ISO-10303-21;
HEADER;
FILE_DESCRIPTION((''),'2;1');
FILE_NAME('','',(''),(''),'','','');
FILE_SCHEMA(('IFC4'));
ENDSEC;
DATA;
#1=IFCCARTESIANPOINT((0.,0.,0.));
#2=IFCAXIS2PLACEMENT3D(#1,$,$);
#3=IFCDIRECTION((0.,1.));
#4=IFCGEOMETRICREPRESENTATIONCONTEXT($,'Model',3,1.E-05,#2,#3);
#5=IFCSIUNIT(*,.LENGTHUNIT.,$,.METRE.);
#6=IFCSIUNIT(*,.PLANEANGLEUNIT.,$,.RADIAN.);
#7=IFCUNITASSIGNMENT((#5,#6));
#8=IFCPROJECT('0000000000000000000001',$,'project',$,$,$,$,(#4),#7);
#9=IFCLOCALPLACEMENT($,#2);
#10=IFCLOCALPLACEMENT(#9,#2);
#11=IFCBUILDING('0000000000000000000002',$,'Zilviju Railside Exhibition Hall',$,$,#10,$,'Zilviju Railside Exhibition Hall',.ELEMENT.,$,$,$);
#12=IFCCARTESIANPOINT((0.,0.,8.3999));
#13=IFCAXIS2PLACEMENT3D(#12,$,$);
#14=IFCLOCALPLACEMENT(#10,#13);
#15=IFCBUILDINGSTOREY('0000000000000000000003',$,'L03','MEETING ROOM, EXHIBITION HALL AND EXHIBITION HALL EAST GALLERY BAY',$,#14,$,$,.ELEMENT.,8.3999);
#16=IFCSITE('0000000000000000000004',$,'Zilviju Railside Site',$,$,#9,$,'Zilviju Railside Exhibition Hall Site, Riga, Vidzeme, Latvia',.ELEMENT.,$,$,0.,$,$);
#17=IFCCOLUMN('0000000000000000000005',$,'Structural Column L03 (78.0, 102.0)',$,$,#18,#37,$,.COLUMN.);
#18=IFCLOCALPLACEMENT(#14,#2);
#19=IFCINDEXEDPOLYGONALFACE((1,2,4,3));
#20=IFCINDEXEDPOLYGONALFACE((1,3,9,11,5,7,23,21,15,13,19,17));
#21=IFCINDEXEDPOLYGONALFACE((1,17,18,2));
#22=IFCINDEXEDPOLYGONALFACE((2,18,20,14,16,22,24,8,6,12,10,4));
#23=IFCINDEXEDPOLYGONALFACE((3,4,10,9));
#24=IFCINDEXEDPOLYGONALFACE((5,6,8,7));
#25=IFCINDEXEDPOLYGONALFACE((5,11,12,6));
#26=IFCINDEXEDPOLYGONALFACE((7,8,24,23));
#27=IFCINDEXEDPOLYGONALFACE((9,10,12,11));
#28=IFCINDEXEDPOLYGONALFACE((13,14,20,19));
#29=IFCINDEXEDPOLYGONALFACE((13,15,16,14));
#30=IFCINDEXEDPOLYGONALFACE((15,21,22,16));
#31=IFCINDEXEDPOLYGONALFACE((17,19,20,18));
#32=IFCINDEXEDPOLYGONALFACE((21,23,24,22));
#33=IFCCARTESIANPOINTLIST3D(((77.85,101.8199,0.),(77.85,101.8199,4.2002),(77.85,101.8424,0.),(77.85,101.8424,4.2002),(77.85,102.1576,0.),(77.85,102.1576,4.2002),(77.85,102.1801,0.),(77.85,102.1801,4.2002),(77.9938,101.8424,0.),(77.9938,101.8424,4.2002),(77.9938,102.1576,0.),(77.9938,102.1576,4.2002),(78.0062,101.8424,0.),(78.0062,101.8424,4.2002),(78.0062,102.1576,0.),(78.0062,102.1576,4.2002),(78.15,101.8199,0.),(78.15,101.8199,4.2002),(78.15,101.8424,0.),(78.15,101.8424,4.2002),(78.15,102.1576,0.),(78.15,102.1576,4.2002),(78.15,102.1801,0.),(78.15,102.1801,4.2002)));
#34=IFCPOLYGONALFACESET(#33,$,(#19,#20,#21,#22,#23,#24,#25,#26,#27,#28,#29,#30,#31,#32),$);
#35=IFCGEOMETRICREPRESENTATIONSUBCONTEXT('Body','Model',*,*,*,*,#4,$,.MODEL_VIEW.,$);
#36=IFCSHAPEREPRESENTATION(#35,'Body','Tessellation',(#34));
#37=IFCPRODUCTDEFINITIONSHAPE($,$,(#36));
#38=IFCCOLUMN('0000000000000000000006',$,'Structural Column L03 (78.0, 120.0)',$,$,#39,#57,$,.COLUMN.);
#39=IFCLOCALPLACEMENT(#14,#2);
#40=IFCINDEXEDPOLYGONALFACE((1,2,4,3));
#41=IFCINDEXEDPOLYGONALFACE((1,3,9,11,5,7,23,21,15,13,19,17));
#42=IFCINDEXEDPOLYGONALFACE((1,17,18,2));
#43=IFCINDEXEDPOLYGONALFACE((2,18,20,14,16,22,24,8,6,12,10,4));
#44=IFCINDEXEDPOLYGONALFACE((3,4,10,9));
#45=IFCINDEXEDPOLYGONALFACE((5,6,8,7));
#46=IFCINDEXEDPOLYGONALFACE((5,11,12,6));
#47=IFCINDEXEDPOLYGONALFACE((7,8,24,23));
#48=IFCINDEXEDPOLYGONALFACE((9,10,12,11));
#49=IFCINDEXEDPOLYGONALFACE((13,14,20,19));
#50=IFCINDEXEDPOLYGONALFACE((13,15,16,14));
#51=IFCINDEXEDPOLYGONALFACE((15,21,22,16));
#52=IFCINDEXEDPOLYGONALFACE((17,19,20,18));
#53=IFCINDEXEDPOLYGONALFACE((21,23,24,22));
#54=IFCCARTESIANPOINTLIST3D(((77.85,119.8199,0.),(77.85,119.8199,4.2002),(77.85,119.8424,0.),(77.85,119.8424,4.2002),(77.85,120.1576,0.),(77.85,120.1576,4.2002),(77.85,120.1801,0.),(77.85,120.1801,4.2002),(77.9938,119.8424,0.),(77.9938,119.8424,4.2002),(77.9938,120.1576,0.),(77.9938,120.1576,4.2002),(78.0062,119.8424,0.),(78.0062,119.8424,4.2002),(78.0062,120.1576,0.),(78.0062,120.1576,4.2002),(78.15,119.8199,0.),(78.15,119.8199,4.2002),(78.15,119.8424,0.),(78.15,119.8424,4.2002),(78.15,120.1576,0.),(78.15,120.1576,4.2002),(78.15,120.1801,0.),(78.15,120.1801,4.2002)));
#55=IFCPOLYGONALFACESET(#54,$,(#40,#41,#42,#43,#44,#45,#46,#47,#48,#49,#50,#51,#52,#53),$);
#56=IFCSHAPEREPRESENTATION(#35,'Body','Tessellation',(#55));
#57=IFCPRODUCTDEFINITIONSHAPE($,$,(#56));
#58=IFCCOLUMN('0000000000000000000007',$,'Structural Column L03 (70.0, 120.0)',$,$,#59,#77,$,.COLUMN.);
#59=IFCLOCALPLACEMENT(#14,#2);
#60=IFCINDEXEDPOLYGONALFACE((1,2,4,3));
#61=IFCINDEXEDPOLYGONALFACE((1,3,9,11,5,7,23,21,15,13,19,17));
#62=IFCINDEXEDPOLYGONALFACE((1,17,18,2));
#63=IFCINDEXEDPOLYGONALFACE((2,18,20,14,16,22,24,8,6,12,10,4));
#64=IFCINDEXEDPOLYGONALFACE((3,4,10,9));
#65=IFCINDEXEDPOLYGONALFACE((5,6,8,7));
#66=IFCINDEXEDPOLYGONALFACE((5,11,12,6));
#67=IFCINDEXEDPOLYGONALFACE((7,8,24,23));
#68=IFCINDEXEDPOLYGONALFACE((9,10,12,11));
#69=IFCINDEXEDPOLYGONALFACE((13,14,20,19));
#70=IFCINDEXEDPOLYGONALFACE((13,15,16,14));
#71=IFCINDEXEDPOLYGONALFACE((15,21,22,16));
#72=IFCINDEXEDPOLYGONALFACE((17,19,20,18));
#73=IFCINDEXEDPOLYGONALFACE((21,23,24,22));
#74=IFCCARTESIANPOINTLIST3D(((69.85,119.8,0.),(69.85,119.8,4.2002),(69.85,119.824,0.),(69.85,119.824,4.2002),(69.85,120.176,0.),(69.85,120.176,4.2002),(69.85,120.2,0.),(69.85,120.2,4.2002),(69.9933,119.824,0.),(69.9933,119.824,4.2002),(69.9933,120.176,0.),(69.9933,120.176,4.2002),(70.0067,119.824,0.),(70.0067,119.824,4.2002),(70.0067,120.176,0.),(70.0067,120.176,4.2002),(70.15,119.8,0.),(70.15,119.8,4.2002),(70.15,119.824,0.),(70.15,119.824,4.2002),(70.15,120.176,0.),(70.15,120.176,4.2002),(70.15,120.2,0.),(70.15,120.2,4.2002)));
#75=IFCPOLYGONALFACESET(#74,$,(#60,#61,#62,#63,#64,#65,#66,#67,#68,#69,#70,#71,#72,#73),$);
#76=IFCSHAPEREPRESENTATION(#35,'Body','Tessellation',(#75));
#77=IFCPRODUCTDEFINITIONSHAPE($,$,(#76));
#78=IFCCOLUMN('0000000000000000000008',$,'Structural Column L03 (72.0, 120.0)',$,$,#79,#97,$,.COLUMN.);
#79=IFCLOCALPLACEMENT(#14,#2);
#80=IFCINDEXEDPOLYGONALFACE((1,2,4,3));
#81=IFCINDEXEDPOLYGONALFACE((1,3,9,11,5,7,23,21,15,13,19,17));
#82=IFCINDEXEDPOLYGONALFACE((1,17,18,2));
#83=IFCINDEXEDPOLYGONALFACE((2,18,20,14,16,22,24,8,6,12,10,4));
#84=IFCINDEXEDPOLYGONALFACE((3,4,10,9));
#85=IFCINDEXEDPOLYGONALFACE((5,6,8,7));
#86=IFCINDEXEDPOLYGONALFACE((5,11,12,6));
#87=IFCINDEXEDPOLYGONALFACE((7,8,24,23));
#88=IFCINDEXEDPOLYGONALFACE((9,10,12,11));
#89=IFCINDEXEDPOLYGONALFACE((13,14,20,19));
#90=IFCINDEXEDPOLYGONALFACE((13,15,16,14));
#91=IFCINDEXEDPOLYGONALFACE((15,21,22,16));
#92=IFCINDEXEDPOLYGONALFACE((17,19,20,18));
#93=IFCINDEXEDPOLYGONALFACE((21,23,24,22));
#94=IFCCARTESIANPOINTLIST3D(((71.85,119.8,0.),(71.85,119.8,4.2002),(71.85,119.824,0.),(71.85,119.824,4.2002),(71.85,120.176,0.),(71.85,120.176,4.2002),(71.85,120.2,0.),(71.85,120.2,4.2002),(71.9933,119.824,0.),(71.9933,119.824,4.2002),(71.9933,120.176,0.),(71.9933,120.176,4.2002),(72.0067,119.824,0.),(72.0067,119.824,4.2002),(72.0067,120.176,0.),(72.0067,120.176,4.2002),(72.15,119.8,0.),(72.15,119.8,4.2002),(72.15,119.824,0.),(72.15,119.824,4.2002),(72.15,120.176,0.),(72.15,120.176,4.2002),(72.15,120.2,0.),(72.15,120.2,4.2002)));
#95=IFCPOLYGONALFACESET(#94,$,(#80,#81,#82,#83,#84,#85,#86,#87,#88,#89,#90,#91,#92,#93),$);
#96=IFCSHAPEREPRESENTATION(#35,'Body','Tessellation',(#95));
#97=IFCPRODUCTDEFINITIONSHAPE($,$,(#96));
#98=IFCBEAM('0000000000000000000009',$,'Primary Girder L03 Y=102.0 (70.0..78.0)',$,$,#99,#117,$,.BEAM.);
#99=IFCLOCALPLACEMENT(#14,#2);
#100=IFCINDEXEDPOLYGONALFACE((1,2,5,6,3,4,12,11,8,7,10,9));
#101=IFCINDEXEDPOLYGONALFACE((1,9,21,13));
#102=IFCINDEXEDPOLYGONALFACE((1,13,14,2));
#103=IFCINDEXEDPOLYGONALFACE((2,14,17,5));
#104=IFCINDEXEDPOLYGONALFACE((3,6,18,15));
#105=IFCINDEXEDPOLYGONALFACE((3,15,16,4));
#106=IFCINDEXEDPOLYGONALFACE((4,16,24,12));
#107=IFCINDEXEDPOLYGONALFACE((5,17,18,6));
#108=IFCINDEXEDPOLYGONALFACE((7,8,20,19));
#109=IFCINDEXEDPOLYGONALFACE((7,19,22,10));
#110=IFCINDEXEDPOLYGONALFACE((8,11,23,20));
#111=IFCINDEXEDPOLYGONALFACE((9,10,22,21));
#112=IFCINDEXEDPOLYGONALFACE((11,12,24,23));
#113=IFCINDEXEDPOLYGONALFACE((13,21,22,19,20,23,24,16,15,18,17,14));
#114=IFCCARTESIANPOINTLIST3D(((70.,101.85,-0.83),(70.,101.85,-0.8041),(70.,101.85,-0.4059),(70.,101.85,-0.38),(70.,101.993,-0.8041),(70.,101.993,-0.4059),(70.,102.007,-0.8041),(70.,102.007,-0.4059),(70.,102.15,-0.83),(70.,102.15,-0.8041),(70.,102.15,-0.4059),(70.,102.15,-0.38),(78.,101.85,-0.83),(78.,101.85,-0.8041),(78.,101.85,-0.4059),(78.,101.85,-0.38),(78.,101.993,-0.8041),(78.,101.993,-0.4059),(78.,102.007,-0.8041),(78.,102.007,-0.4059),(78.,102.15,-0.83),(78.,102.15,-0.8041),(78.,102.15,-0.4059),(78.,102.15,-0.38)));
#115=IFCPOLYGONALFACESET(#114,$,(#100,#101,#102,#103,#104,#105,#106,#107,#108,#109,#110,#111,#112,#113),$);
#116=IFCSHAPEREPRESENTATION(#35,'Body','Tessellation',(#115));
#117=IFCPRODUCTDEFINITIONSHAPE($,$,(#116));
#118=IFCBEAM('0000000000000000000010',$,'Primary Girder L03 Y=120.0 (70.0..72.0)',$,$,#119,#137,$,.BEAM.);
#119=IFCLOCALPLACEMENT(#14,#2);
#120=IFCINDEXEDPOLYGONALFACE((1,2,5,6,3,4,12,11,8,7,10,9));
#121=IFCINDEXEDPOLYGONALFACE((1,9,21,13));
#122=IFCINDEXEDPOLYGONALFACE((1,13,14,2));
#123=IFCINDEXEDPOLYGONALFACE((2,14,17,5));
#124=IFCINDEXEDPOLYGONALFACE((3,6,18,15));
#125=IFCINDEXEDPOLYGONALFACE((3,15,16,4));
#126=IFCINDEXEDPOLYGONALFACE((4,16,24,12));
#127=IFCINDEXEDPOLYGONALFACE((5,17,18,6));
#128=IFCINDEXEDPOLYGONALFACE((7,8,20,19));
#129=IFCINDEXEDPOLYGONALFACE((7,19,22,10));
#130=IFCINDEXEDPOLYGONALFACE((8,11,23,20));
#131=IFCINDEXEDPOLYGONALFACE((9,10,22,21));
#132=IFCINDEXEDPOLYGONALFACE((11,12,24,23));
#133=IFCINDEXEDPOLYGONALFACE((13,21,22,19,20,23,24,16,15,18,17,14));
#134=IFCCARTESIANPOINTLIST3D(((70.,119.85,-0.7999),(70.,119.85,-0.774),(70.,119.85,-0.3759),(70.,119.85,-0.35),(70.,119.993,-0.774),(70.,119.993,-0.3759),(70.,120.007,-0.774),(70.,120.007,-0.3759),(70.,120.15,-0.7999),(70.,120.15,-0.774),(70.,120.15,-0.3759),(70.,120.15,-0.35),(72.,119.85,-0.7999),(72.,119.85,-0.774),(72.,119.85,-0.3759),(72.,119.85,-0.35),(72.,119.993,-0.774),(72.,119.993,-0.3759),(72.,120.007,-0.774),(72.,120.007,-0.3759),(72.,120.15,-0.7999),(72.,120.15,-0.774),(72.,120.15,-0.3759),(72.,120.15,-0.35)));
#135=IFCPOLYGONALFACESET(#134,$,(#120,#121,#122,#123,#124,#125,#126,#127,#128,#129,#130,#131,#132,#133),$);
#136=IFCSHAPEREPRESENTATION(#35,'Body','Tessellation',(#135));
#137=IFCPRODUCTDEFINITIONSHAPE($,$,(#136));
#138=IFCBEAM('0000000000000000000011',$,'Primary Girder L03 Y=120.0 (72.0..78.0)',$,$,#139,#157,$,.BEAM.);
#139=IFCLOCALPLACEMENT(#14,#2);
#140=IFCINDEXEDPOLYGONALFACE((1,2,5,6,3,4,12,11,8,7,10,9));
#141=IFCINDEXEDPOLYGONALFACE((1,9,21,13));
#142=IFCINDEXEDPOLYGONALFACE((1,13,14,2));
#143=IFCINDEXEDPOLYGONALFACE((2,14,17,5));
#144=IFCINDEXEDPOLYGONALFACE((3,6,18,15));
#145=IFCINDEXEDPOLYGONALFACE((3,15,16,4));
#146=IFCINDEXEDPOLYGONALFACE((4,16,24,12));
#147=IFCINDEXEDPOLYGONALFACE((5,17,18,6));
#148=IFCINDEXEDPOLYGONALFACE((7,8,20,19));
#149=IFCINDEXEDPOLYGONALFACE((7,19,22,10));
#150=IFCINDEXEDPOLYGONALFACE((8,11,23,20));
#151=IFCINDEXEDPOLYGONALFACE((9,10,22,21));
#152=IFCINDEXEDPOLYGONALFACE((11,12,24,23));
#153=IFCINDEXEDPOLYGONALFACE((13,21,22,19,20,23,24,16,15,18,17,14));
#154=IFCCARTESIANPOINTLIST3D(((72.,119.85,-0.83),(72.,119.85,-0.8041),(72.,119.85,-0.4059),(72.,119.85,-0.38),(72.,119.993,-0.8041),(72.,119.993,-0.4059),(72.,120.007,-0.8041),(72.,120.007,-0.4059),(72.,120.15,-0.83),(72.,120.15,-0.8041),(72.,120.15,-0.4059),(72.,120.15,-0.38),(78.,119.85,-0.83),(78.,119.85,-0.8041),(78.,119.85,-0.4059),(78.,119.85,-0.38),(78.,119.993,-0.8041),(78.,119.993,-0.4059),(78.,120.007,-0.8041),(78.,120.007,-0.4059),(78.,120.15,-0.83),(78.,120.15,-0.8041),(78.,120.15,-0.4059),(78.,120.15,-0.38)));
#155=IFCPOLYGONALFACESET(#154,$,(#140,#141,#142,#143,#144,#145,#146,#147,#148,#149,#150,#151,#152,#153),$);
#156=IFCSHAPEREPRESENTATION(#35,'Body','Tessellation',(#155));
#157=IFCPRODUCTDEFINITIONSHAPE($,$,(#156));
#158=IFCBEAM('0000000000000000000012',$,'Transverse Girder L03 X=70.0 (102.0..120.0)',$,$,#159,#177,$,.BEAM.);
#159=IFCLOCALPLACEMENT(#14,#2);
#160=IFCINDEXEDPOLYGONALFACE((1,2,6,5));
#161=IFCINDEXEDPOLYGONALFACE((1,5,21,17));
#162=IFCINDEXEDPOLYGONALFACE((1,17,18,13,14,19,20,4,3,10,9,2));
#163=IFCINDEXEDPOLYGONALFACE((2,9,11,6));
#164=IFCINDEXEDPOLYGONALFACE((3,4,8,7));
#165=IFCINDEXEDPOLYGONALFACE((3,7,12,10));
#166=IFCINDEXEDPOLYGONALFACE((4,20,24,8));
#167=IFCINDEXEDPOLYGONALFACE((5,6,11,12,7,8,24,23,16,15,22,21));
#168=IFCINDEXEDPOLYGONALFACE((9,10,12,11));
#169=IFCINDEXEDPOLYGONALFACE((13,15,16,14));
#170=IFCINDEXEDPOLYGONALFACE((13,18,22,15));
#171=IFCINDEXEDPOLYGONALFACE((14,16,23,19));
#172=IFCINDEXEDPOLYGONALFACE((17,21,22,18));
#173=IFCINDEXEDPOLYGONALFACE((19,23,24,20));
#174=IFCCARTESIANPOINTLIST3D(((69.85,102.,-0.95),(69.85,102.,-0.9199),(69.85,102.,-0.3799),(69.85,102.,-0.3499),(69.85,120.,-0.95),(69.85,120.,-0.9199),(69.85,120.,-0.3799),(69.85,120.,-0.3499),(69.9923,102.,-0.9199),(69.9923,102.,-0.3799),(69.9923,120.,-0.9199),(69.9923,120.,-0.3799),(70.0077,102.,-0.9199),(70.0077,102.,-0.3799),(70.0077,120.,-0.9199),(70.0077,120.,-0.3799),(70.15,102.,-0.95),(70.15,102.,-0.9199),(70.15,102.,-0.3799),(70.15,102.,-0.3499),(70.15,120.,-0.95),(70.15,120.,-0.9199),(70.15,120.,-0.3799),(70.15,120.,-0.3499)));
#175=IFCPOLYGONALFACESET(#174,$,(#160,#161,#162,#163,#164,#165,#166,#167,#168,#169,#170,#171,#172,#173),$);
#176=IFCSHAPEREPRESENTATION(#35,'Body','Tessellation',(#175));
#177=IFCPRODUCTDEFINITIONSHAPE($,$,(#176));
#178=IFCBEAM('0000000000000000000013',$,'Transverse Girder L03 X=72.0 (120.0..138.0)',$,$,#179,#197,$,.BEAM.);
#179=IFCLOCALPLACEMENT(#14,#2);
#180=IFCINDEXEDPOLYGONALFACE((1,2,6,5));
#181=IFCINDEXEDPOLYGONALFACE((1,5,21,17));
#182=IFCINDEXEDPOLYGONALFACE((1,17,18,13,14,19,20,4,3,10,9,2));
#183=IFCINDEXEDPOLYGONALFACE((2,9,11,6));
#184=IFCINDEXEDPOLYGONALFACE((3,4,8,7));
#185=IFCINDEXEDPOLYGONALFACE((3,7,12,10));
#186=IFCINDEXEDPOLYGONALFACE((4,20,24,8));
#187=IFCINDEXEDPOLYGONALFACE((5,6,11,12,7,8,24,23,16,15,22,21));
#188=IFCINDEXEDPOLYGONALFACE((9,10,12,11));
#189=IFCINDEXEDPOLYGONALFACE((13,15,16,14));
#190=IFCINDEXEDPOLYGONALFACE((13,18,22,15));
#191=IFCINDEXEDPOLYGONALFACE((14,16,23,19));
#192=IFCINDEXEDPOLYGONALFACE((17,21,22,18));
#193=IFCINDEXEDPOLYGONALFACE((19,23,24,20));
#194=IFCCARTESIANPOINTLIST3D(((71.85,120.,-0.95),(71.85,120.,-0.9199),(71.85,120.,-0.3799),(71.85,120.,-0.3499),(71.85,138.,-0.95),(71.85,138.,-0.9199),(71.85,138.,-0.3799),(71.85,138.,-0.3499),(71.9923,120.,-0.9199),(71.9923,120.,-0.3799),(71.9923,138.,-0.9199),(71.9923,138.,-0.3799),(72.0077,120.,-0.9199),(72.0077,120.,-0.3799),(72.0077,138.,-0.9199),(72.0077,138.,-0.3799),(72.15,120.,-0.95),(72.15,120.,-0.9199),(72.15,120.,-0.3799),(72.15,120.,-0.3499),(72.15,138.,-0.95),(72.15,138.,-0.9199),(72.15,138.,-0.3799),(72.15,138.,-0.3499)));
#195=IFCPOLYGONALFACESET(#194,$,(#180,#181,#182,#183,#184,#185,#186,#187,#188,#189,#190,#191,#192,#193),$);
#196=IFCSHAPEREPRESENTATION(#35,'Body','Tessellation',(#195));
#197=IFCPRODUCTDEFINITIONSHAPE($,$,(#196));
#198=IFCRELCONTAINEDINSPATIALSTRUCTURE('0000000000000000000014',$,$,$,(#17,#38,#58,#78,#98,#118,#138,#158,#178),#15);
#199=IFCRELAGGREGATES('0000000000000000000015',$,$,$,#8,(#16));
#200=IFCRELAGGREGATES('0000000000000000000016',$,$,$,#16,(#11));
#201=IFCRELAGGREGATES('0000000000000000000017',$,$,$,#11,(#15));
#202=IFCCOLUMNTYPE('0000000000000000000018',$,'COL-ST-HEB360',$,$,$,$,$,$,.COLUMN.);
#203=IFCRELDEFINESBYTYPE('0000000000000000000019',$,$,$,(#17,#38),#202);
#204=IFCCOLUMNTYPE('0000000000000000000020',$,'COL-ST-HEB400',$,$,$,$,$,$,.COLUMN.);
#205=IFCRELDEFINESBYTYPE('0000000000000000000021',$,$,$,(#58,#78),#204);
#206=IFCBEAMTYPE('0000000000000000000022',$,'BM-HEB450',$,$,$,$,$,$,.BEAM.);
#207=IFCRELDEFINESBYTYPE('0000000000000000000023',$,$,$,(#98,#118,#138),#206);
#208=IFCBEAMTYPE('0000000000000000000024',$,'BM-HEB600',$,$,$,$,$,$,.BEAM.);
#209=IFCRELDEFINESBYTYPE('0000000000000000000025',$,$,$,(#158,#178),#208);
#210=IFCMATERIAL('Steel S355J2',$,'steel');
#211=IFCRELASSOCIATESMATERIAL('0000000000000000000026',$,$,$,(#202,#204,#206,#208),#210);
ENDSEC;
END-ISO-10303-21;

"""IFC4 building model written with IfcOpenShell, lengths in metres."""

from ifc_helpers import new_model, si_unit, direction, frame, origin, origin_2d, place, context, subcontext, project, spatial, i_section, extrude, material, material_profile, profile_set, type_object, element, save


model = new_model("IFC4")

# Units and contexts
model_context = context("Model", 3, precision=1e-05, world=origin(), true_north=direction((0.0, 1.0)))
body_context = subcontext(model_context, "Body", "Model", "MODEL_VIEW")
ifc_project = project(units=[si_unit("LENGTHUNIT", "METRE"), si_unit("PLANEANGLEUNIT", "RADIAN")], contexts=[model_context])

# Site, building, storey
site_placement = place(None, origin())
site = spatial("IfcSite", under=ifc_project, at=site_placement, Name="Zilviju Railside Site", LongName="Zilviju Railside Exhibition Hall Site, Riga, Vidzeme, Latvia", CompositionType="ELEMENT", RefElevation=0.0)
building_placement = place(site_placement, origin())
building = spatial("IfcBuilding", under=site, at=building_placement, Name="Zilviju Railside Exhibition Hall", LongName="Zilviju Railside Exhibition Hall", CompositionType="ELEMENT")
storey_placement = place(building_placement, frame((0.0, 0.0, 8.3999)))
storey = spatial("IfcBuildingStorey", under=building, at=storey_placement, Name="L03", Description="MEETING ROOM, EXHIBITION HALL AND EXHIBITION HALL EAST GALLERY BAY", CompositionType="ELEMENT", Elevation=8.3999)

# Columns
ifc_material_1 = material(Name="Steel S355J2", Category="steel")
ifc_material_profile_1 = material_profile(ifc_material_1, i_section(OverallWidth=0.3, OverallDepth=0.3601, WebThickness=0.0125, FlangeThickness=0.0225, at=origin_2d()), Name="HEB 360")
ifc_profile_set_1 = profile_set([ifc_material_profile_1], Name="Steel S355J2")
column_type_1 = type_object("IfcColumnType", Name="COL-ST-HEB360", PredefinedType="COLUMN", material=ifc_profile_set_1)
for number, where, z_axis, x_axis, name in (
    (1, (78.0, 102.0, 0.0), (0.0, 0.0, 1.0), (1.0, 0.0, 0.0), "Structural Column L03 (78.0, 102.0)"),
    (2, (78.0, 120.0, 0.0), (0.0, 0.0, 1.0), (1.0, 0.0, 0.0), "Structural Column L03 (78.0, 120.0)"),
):
    element("IfcColumn", number, at=place(storey_placement, frame(where, z_axis=z_axis, x_axis=x_axis)), inside=storey, type_object=column_type_1, Name=name, PredefinedType="COLUMN", context=body_context, shape_type="SweptSolid", body=[
        extrude(i_section(OverallWidth=0.3, OverallDepth=0.3601, WebThickness=0.0125, FlangeThickness=0.0225, at=origin_2d()), origin(), (0.0, 0.0, 1.0), 4.2002),
    ])
ifc_material_profile_2 = material_profile(ifc_material_1, i_section(OverallWidth=0.3, OverallDepth=0.3999, WebThickness=0.0134, FlangeThickness=0.0239, at=origin_2d()), Name="HEB 400")
ifc_profile_set_2 = profile_set([ifc_material_profile_2], Name="Steel S355J2")
column_type_2 = type_object("IfcColumnType", Name="COL-ST-HEB400", PredefinedType="COLUMN", material=ifc_profile_set_2)
for number, where, z_axis, x_axis, name in (
    (3, (70.0, 120.0, 0.0), (0.0, 0.0, 1.0), (1.0, 0.0, 0.0), "Structural Column L03 (70.0, 120.0)"),
    (4, (72.0, 120.0, 0.0), (0.0, 0.0, 1.0), (1.0, 0.0, 0.0), "Structural Column L03 (72.0, 120.0)"),
):
    element("IfcColumn", number, at=place(storey_placement, frame(where, z_axis=z_axis, x_axis=x_axis)), inside=storey, type_object=column_type_2, Name=name, PredefinedType="COLUMN", context=body_context, shape_type="SweptSolid", body=[
        extrude(i_section(OverallWidth=0.3, OverallDepth=0.3999, WebThickness=0.0134, FlangeThickness=0.0239, at=origin_2d()), origin(), (0.0, 0.0, 1.0), 4.2002),
    ])

# Beams
ifc_material_profile_3 = material_profile(ifc_material_1, i_section(OverallWidth=0.3, OverallDepth=0.45, WebThickness=0.0139, FlangeThickness=0.0259, at=origin_2d()), Name="HEB 450")
ifc_profile_set_3 = profile_set([ifc_material_profile_3], Name="Steel S355J2")
beam_type_1 = type_object("IfcBeamType", Name="BM-HEB450", PredefinedType="BEAM", material=ifc_profile_set_3)
beam_1_placement = place(storey_placement, frame((70.0, 102.0, -0.605), z_axis=(1.0, 0.0, 0.0), x_axis=(0.0, 1.0, 0.0)))
element("IfcBeam", 5, at=beam_1_placement, inside=storey, type_object=beam_type_1, Name="Primary Girder L03 Y=102.0 (70.0..78.0)", PredefinedType="BEAM", context=body_context, shape_type="SweptSolid", body=[
    extrude(i_section(OverallWidth=0.3, OverallDepth=0.45, WebThickness=0.0139, FlangeThickness=0.0259, at=origin_2d()), origin(), (0.0, 0.0, 1.0), 8.0),
])
beam_2_placement = place(storey_placement, frame((70.0, 120.0, -0.575), z_axis=(1.0, 0.0, 0.0), x_axis=(0.0, 1.0, 0.0)))
element("IfcBeam", 6, at=beam_2_placement, inside=storey, type_object=beam_type_1, Name="Primary Girder L03 Y=120.0 (70.0..72.0)", PredefinedType="BEAM", context=body_context, shape_type="SweptSolid", body=[
    extrude(i_section(OverallWidth=0.3, OverallDepth=0.45, WebThickness=0.0139, FlangeThickness=0.0259, at=origin_2d()), origin(), (0.0, 0.0, 1.0), 2.0),
])
beam_3_placement = place(storey_placement, frame((72.0, 120.0, -0.605), z_axis=(1.0, 0.0, 0.0), x_axis=(0.0, 1.0, 0.0)))
element("IfcBeam", 7, at=beam_3_placement, inside=storey, type_object=beam_type_1, Name="Primary Girder L03 Y=120.0 (72.0..78.0)", PredefinedType="BEAM", context=body_context, shape_type="SweptSolid", body=[
    extrude(i_section(OverallWidth=0.3, OverallDepth=0.45, WebThickness=0.0139, FlangeThickness=0.0259, at=origin_2d()), origin(), (0.0, 0.0, 1.0), 6.0),
])
ifc_material_profile_4 = material_profile(ifc_material_1, i_section(OverallWidth=0.3, OverallDepth=0.6001, WebThickness=0.0154, FlangeThickness=0.03, at=origin_2d()), Name="HEB 600")
ifc_profile_set_4 = profile_set([ifc_material_profile_4], Name="Steel S355J2")
beam_type_2 = type_object("IfcBeamType", Name="BM-HEB600", PredefinedType="BEAM", material=ifc_profile_set_4)
for number, where, z_axis, x_axis, name in (
    (8, (70.0, 102.0, -0.6499), (0.0, 1.0, 0.0), (-1.0, 0.0, 0.0), "Transverse Girder L03 X=70.0 (102.0..120.0)"),
    (9, (72.0, 120.0, -0.6499), (0.0, 1.0, 0.0), (-1.0, 0.0, 0.0), "Transverse Girder L03 X=72.0 (120.0..138.0)"),
):
    element("IfcBeam", number, at=place(storey_placement, frame(where, z_axis=z_axis, x_axis=x_axis)), inside=storey, type_object=beam_type_2, Name=name, PredefinedType="BEAM", context=body_context, shape_type="SweptSolid", body=[
        extrude(i_section(OverallWidth=0.3, OverallDepth=0.6001, WebThickness=0.0154, FlangeThickness=0.03, at=origin_2d()), origin(), (0.0, 0.0, 1.0), 18.0),
    ])

save(model, "model.ifc")
